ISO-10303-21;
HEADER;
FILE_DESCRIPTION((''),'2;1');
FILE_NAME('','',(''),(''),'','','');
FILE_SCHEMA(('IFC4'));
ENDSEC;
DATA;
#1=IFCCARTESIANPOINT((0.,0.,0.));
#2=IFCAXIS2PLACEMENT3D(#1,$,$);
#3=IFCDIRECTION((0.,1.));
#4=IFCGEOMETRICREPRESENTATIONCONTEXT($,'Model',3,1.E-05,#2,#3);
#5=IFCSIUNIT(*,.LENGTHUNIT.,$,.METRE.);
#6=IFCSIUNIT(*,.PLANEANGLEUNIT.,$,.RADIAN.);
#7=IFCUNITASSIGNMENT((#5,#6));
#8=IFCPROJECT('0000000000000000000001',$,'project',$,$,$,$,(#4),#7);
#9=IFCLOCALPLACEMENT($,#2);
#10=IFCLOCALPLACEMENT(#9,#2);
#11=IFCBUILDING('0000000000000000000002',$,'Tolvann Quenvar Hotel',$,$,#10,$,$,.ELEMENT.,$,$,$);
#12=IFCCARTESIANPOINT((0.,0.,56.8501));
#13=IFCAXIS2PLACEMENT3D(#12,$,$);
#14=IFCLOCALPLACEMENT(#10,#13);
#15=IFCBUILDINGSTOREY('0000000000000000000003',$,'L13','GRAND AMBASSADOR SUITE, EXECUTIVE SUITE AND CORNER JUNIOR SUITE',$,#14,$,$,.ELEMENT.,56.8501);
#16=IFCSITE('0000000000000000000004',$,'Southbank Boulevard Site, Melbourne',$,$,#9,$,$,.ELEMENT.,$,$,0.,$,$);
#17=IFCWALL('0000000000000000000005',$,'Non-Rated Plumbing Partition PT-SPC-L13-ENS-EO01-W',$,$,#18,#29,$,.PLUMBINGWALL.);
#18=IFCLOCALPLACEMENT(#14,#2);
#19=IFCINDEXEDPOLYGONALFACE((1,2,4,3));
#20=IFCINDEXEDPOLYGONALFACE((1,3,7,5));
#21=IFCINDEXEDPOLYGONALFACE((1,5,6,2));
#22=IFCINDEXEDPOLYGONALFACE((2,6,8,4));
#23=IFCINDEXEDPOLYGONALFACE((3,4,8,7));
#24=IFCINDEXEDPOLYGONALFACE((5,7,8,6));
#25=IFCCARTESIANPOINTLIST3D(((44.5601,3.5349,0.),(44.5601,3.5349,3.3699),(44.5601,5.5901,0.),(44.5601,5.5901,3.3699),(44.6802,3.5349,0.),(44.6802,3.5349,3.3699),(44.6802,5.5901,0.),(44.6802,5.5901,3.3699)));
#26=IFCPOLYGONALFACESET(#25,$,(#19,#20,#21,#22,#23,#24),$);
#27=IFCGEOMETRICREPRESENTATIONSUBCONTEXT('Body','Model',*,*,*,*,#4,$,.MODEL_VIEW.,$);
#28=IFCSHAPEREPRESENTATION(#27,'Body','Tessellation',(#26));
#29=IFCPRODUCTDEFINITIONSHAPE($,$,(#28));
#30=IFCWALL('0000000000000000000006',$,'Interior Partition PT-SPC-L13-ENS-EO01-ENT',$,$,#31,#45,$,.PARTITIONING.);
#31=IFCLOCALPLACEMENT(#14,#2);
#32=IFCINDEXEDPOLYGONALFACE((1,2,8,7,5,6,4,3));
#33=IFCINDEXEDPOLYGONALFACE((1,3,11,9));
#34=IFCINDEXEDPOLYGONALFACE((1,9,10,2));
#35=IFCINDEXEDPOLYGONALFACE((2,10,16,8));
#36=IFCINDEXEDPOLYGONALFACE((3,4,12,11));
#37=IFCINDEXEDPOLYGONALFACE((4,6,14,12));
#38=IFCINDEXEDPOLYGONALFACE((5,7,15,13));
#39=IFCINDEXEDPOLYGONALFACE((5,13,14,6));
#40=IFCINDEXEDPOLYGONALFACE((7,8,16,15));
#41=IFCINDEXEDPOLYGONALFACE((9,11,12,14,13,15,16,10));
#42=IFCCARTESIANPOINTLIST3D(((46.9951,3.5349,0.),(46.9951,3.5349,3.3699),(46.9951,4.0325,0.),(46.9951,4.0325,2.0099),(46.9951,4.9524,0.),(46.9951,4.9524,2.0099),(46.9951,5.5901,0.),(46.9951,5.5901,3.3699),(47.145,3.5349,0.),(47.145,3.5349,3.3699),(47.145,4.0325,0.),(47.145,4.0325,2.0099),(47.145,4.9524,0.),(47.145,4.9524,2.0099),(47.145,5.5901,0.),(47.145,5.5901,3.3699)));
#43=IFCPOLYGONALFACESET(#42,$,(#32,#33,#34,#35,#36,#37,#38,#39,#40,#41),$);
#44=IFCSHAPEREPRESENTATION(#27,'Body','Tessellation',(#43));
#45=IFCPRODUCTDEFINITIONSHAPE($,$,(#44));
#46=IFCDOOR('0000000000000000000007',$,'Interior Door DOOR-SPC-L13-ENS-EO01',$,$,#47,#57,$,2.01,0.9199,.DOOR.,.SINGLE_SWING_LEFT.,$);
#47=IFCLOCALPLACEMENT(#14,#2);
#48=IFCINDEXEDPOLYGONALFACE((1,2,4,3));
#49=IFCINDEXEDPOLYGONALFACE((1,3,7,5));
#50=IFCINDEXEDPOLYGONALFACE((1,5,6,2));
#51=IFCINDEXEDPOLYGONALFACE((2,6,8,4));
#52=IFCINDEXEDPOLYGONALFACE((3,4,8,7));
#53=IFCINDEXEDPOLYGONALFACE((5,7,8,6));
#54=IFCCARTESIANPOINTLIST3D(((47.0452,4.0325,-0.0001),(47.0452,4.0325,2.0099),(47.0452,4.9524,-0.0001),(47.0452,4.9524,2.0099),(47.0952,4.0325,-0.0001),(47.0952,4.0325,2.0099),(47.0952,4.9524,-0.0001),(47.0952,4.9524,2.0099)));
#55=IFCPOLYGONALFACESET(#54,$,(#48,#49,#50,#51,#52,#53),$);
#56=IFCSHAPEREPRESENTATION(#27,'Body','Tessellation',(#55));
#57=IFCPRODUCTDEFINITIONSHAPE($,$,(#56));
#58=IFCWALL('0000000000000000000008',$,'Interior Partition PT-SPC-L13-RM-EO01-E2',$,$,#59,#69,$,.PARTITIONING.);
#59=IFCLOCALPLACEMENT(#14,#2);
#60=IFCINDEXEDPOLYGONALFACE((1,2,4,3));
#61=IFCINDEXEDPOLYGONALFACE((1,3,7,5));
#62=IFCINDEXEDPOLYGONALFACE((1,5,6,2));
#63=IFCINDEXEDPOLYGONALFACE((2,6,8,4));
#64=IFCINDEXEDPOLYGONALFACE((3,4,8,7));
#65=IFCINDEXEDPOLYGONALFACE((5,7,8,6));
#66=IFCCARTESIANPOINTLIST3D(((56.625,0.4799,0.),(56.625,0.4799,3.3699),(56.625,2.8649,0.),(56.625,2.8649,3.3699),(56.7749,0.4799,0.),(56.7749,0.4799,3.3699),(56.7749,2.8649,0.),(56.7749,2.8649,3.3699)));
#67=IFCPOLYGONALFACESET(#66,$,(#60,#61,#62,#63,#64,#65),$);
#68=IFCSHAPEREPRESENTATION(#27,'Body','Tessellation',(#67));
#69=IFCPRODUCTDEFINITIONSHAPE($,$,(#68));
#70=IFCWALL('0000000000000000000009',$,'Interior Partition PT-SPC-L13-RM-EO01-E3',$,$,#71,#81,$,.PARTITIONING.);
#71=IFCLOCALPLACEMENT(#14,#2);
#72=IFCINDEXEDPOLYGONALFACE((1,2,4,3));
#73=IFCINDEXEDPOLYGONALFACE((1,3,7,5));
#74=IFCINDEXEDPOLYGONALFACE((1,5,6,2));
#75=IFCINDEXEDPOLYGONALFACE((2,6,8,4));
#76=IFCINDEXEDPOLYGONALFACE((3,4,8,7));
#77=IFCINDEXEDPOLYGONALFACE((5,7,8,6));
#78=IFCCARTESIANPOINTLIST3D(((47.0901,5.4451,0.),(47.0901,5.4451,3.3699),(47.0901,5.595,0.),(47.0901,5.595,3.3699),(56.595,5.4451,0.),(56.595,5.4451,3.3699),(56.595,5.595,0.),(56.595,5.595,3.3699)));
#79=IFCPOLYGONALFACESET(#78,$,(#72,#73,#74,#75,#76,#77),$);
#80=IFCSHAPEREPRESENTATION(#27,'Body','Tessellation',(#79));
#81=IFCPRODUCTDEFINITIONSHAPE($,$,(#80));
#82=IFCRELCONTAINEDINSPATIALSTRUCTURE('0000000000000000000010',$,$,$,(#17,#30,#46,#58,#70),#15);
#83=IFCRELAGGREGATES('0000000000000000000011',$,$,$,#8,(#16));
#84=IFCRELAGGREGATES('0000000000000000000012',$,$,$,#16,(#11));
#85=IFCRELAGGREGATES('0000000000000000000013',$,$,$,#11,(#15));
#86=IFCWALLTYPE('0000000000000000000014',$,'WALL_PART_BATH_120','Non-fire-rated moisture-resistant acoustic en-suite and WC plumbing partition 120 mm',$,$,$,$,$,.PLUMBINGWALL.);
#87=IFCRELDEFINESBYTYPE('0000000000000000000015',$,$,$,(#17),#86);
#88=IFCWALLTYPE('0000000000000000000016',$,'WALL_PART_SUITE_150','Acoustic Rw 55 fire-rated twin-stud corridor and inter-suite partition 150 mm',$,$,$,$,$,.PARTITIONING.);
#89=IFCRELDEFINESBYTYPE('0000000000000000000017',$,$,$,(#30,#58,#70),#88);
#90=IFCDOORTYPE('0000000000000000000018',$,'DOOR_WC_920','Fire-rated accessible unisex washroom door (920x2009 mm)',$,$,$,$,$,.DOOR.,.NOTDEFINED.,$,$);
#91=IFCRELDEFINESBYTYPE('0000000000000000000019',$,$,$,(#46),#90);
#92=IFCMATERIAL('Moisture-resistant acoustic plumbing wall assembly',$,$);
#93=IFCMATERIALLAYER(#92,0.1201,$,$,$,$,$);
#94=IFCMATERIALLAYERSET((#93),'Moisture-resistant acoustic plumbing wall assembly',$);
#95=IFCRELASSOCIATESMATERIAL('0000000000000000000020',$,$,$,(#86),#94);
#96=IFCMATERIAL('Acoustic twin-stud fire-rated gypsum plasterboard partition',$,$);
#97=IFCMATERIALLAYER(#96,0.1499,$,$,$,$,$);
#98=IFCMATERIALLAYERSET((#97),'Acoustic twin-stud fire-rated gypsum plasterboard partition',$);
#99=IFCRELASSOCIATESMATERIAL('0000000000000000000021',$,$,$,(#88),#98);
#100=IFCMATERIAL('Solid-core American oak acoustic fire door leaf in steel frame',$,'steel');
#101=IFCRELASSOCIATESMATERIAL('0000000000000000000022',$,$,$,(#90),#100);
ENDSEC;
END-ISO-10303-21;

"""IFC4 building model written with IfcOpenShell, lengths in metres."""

from ifc_helpers import new_model, si_unit, direction, frame, frame_2d, origin, place, context, subcontext, project, spatial, rectangle, extrude, source, transform, mapped, material, layer, layer_set, type_object, type_shapes, element, fill, save


model = new_model("IFC4")

# Units and contexts
model_context = context("Model", 3, precision=1e-05, world=origin(), true_north=direction((0.0, 1.0)))
body_context = subcontext(model_context, "Body", "Model", "MODEL_VIEW")
ifc_project = project(units=[si_unit("LENGTHUNIT", "METRE"), si_unit("PLANEANGLEUNIT", "RADIAN")], contexts=[model_context])

# Site, building, storey
site_placement = place(None, origin())
site = spatial("IfcSite", under=ifc_project, at=site_placement, Name="Southbank Boulevard Site, Melbourne", CompositionType="ELEMENT", RefElevation=0.0)
building_placement = place(site_placement, origin())
building = spatial("IfcBuilding", under=site, at=building_placement, Name="Tolvann Quenvar Hotel", CompositionType="ELEMENT")
storey_placement = place(building_placement, frame((0.0, 0.0, 56.8501)))
storey = spatial("IfcBuildingStorey", under=building, at=storey_placement, Name="L13", Description="GRAND AMBASSADOR SUITE, EXECUTIVE SUITE AND CORNER JUNIOR SUITE", CompositionType="ELEMENT", Elevation=56.8501)

# Wall
ifc_material_1 = material(Name="Moisture-resistant acoustic plumbing wall assembly")
ifc_layer_1 = layer(ifc_material_1, 0.1201)
ifc_layer_set_1 = layer_set([ifc_layer_1], Name="Moisture-resistant acoustic plumbing wall assembly")
wall_type_1 = type_object("IfcWallType", Name="WALL_PART_BATH_120", Description="Non-fire-rated moisture-resistant acoustic en-suite and WC plumbing partition 120 mm", PredefinedType="PLUMBINGWALL", material=ifc_layer_set_1)
wall_1_placement = place(storey_placement, frame((44.6201, 3.5349, 0.0), z_axis=(0.0, 0.0, 1.0), x_axis=(0.0, 1.0, 0.0)))
element("IfcWall", 1, at=wall_1_placement, inside=storey, type_object=wall_type_1, Name="Non-Rated Plumbing Partition PT-SPC-L13-ENS-EO01-W", PredefinedType="PLUMBINGWALL", context=body_context, shape_type="SweptSolid", body=[
    extrude(rectangle(XDim=2.0552, YDim=0.1201, at=frame_2d((1.0276, 0.0))), origin(), (0.0, 0.0, 1.0), 3.3699),
])

# Wall, opening, door
ifc_material_2 = material(Name="Acoustic twin-stud fire-rated gypsum plasterboard partition")
ifc_layer_2 = layer(ifc_material_2, 0.1499)
ifc_layer_set_2 = layer_set([ifc_layer_2], Name="Acoustic twin-stud fire-rated gypsum plasterboard partition")
wall_type_2 = type_object("IfcWallType", Name="WALL_PART_SUITE_150", Description="Acoustic Rw 55 fire-rated twin-stud corridor and inter-suite partition 150 mm", PredefinedType="PARTITIONING", material=ifc_layer_set_2)
wall_2_placement = place(storey_placement, frame((47.0701, 3.5349, 0.0), z_axis=(0.0, 0.0, 1.0), x_axis=(0.0, 1.0, 0.0)))
wall_2 = element("IfcWall", 2, at=wall_2_placement, inside=storey, type_object=wall_type_2, Name="Interior Partition PT-SPC-L13-ENS-EO01-ENT", PredefinedType="PARTITIONING", context=body_context, shape_type="SweptSolid", body=[
    extrude(rectangle(XDim=2.0552, YDim=0.1499, at=frame_2d((1.0276, 0.0))), origin(), (0.0, 0.0, 1.0), 3.3699),
])
opening_1_placement = place(wall_2_placement, frame((0.4976, 0.0, 0.0)))
opening_1 = element("IfcOpeningElement", 3, at=opening_1_placement, cuts=wall_2, PredefinedType="OPENING", context=body_context, shape_type="SweptSolid", body=[
    extrude(rectangle(XDim=0.9199, YDim=2.01, at=frame_2d((0.46, 1.0049))), frame((0.0, 0.085, 0.0), z_axis=(0.0, -1.0, 0.0), x_axis=(1.0, 0.0, 0.0)), (0.0, 0.0, 1.0), 0.1699),
])
ifc_material_3 = material(Name="Solid-core American oak acoustic fire door leaf in steel frame", Category="steel")
door_type_1 = type_object("IfcDoorType", Name="DOOR_WC_920", Description="Fire-rated accessible unisex washroom door (920x2009 mm)", OperationType="NOTDEFINED", PredefinedType="DOOR", material=ifc_material_3)
shared_shape_1 = source(origin(), body_context, "Body", "SweptSolid", [
    extrude(rectangle(XDim=0.9199, YDim=2.01, at=frame_2d((0.46, 1.0049))), frame((0.0, 0.0249, 0.0), z_axis=(0.0, -1.0, 0.0), x_axis=(1.0, 0.0, 0.0)), (0.0, 0.0, 1.0), 0.05),
])
type_shapes(door_type_1, [shared_shape_1])
door_1_placement = place(opening_1_placement, origin())
door_1 = element("IfcDoor", 4, at=door_1_placement, inside=storey, type_object=door_type_1, Name="Interior Door DOOR-SPC-L13-ENS-EO01", OperationType="SINGLE_SWING_LEFT", OverallHeight=2.01, OverallWidth=0.9199, PredefinedType="DOOR", context=body_context, shape_type="MappedRepresentation", body=[
    mapped(shared_shape_1, transform((0.0, 0.0, 0.0), x_axis=(1.0, 0.0, 0.0), y_axis=(0.0, 1.0, 0.0), z_axis=(0.0, 0.0, 1.0), scale=1.0)),
])
fill(opening_1, door_1)

# Walls
wall_3_placement = place(storey_placement, frame((56.7, 0.48, 0.0), z_axis=(0.0, 0.0, 1.0), x_axis=(0.0, 1.0, 0.0)))
element("IfcWall", 5, at=wall_3_placement, inside=storey, type_object=wall_type_2, Name="Interior Partition PT-SPC-L13-RM-EO01-E2", PredefinedType="PARTITIONING", context=body_context, shape_type="SweptSolid", body=[
    extrude(rectangle(XDim=2.385, YDim=0.1499, at=frame_2d((1.1924, 0.0))), origin(), (0.0, 0.0, 1.0), 3.3699),
])
wall_4_placement = place(storey_placement, frame((47.0901, 5.52, 0.0), z_axis=(0.0, 0.0, 1.0), x_axis=(1.0, 0.0, 0.0)))
element("IfcWall", 6, at=wall_4_placement, inside=storey, type_object=wall_type_2, Name="Interior Partition PT-SPC-L13-RM-EO01-E3", PredefinedType="PARTITIONING", context=body_context, shape_type="SweptSolid", body=[
    extrude(rectangle(XDim=9.5049, YDim=0.1499, at=frame_2d((4.7524, 0.0))), origin(), (0.0, 0.0, 1.0), 3.3699),
])

save(model, "model.ifc")
